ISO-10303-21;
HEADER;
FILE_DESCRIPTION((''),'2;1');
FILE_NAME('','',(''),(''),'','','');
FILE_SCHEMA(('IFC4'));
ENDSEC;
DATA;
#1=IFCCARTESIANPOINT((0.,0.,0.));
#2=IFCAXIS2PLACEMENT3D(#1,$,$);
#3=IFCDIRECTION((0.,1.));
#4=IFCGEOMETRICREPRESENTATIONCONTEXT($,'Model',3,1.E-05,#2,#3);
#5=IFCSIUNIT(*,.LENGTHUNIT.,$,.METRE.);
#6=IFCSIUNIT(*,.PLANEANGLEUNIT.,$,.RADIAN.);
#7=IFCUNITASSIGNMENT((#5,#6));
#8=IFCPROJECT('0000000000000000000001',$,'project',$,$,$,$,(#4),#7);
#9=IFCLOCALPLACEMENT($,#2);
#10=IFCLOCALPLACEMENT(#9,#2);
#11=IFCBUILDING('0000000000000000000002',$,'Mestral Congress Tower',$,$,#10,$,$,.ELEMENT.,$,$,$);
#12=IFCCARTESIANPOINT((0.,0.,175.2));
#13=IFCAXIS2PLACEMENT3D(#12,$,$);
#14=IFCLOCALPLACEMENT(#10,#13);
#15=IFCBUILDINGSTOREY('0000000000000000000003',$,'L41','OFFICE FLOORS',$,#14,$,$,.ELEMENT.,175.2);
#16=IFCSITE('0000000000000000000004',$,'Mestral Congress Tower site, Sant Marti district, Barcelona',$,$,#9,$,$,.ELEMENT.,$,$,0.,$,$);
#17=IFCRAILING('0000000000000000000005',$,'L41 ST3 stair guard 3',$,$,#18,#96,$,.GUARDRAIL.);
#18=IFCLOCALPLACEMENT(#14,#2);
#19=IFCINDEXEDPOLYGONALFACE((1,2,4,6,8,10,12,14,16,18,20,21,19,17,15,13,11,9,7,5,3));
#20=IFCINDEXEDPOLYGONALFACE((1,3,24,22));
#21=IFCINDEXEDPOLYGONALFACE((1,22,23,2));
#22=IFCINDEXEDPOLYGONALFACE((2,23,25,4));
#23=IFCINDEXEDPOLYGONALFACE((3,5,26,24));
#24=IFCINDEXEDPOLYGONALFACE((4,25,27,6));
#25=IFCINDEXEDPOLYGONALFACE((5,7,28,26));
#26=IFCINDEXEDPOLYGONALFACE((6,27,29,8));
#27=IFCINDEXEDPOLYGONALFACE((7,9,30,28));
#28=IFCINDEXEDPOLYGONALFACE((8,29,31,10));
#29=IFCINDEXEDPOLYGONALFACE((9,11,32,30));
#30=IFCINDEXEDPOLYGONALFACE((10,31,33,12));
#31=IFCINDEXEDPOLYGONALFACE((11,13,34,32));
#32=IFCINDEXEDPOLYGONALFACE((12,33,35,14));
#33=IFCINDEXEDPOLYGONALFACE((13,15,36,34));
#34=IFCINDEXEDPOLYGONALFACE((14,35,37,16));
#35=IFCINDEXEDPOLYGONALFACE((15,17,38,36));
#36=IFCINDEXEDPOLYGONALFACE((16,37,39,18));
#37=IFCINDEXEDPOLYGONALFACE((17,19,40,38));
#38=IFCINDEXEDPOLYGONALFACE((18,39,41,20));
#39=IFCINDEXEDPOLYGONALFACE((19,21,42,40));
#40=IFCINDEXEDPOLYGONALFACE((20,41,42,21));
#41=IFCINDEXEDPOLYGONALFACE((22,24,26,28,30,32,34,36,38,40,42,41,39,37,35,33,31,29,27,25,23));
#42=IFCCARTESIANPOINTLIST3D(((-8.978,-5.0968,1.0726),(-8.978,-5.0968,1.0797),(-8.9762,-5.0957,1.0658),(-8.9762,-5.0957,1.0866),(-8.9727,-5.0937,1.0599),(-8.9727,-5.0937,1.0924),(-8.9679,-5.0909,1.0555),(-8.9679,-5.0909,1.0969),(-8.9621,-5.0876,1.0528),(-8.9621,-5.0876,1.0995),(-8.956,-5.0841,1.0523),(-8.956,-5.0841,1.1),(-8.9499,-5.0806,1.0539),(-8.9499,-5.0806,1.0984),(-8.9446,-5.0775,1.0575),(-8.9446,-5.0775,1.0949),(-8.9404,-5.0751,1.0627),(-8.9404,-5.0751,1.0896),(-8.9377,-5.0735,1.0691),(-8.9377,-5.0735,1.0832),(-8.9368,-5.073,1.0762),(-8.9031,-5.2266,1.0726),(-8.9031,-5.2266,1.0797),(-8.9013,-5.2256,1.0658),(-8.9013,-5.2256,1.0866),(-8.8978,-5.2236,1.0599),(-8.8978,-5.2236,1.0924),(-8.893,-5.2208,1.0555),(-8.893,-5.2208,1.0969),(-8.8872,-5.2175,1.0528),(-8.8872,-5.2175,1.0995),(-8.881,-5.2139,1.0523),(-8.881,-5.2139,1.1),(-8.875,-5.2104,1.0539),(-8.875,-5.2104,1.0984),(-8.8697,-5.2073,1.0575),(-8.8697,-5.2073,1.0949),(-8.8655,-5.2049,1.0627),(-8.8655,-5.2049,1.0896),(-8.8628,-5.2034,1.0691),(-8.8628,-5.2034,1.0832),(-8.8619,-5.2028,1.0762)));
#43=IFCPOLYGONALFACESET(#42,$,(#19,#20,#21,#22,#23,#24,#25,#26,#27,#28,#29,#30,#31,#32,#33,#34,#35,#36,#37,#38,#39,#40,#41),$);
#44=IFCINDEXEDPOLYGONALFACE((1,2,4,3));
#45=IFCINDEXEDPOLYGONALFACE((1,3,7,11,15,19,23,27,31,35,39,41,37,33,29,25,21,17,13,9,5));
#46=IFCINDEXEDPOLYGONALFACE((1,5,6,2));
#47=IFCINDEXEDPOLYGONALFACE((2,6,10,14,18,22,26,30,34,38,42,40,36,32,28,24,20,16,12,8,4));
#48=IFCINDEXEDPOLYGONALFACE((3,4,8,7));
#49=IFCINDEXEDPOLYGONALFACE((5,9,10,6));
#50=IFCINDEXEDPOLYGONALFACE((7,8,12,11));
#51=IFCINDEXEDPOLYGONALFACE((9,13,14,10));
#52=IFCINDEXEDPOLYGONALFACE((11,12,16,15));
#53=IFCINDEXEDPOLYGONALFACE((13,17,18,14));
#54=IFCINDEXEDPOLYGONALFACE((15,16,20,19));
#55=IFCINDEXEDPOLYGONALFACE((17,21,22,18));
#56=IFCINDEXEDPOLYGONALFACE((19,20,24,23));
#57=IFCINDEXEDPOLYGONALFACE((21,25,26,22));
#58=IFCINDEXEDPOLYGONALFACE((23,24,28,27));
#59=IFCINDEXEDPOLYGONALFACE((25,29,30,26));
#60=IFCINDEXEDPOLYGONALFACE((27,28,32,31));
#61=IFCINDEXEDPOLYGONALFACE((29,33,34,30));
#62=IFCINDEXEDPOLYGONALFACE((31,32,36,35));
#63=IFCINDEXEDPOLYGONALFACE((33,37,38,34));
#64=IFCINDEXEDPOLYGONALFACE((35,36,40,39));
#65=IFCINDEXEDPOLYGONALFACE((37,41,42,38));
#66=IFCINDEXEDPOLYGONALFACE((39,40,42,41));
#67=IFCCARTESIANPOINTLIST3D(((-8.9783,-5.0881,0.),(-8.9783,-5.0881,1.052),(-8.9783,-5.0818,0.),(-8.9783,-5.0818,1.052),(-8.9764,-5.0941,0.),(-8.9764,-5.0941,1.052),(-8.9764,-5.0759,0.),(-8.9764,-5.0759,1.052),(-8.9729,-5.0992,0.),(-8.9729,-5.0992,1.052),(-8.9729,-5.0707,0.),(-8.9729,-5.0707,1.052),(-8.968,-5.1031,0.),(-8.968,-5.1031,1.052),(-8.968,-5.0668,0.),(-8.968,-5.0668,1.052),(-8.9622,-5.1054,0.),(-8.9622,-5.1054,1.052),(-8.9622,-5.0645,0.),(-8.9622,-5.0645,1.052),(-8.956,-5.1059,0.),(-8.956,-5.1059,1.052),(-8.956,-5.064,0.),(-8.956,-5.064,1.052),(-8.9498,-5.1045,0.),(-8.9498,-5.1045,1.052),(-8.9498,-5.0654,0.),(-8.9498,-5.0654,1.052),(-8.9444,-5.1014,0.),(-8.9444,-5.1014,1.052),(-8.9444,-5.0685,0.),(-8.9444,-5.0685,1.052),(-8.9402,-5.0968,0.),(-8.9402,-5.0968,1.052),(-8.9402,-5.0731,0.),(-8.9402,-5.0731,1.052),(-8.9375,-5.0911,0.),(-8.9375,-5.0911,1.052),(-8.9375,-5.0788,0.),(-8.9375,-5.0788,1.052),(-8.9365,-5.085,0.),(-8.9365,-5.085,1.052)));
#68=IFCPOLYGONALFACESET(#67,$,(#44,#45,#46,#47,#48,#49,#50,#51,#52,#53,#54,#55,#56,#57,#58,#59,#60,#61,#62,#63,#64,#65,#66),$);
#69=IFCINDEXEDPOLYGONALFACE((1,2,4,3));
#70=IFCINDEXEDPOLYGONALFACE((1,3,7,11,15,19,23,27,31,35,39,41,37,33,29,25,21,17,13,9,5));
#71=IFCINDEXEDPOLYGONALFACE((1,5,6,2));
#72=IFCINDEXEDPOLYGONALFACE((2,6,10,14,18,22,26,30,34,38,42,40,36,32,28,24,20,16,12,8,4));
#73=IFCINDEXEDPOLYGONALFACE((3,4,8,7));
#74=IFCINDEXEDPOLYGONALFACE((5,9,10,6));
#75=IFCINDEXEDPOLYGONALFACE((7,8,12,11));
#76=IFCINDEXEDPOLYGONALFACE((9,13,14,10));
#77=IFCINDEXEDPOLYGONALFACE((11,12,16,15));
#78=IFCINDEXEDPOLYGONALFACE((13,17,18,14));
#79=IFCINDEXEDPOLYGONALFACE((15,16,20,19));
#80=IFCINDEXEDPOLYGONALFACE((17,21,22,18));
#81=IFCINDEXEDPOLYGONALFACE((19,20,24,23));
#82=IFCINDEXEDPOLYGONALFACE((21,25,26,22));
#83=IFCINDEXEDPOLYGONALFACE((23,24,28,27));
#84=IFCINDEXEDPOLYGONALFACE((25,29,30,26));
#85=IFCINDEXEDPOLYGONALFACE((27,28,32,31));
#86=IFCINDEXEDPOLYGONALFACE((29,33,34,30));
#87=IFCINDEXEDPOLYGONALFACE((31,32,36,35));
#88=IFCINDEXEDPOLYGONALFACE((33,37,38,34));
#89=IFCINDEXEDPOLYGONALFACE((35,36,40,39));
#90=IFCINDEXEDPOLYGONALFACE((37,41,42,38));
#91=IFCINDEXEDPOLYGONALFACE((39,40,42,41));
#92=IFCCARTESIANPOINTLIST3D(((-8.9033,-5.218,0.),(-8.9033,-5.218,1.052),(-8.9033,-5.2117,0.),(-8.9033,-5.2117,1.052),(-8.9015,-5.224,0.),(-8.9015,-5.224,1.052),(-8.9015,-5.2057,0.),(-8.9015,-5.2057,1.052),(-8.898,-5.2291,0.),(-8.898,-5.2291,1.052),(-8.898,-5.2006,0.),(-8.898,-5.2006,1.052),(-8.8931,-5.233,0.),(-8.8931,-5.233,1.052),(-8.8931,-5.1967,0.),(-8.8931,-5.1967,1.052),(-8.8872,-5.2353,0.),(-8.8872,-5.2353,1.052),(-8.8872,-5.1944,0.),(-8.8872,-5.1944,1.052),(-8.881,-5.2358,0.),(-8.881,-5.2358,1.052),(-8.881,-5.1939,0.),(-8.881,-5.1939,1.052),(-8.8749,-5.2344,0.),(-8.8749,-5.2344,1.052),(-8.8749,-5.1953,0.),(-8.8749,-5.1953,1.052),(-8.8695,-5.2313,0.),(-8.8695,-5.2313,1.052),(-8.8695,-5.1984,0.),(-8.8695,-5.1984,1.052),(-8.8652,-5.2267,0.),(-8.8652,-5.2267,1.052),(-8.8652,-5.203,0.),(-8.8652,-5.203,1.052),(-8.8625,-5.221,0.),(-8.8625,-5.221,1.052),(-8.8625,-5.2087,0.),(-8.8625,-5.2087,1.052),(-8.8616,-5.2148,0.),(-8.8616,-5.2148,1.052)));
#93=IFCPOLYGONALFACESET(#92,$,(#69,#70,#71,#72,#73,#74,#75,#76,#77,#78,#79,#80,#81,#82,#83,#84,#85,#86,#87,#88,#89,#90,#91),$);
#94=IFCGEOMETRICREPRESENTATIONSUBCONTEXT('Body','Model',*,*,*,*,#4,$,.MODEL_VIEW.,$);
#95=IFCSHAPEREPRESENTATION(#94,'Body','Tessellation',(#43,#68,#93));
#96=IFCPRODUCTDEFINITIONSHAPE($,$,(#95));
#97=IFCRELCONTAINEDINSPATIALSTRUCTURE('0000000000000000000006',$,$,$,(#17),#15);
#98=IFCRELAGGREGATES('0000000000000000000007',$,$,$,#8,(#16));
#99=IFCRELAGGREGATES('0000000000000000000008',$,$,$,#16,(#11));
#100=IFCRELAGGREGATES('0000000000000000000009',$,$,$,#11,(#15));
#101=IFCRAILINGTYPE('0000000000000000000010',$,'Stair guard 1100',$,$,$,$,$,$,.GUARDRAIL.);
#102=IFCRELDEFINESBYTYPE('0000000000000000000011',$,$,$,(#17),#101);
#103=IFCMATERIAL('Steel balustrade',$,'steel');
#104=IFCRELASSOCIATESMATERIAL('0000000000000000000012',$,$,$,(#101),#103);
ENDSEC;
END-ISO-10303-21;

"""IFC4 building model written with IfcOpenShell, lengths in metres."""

from ifc_helpers import new_model, si_unit, direction, frame, origin, origin_2d, place, context, subcontext, project, spatial, circle, extrude, material, type_object, element, save


model = new_model("IFC4")

# Units and contexts
model_context = context("Model", 3, precision=1e-05, world=origin(), true_north=direction((0.0, 1.0)))
body_context = subcontext(model_context, "Body", "Model", "MODEL_VIEW")
ifc_project = project(units=[si_unit("LENGTHUNIT", "METRE"), si_unit("PLANEANGLEUNIT", "RADIAN")], contexts=[model_context])

# Site, building, storey
site_placement = place(None, origin())
site = spatial("IfcSite", under=ifc_project, at=site_placement, Name="Mestral Congress Tower site, Sant Marti district, Barcelona", CompositionType="ELEMENT", RefElevation=0.0)
building_placement = place(site_placement, origin())
building = spatial("IfcBuilding", under=site, at=building_placement, Name="Mestral Congress Tower", CompositionType="ELEMENT")
storey_placement = place(building_placement, frame((0.0, 0.0, 175.2)))
storey = spatial("IfcBuildingStorey", under=building, at=storey_placement, Name="L41", Description="OFFICE FLOORS", CompositionType="ELEMENT", Elevation=175.2)

# Railing
ifc_material_1 = material(Name="Steel balustrade", Category="steel")
railing_type_1 = type_object("IfcRailingType", Name="Stair guard 1100", PredefinedType="GUARDRAIL", material=ifc_material_1)
railing_1_placement = place(storey_placement, frame((-8.9575, -5.085, 0.0)))
element("IfcRailing", 1, at=railing_1_placement, inside=storey, type_object=railing_type_1, Name="L41 ST3 stair guard 3", PredefinedType="GUARDRAIL", context=body_context, shape_type="SweptSolid", body=[
    extrude(circle(Radius=0.0239, at=origin_2d()), frame((0.0, 0.0, 1.0762), z_axis=(0.499816, -0.866131, 0.0), x_axis=(0.866131, 0.499816, 0.0)), (0.0, 0.0, 1.0), 0.1499),
    extrude(circle(Radius=0.021, at=origin_2d()), origin(), (0.0, 0.0, 1.0), 1.052),
    extrude(circle(Radius=0.021, at=origin_2d()), frame((0.075, -0.1299, 0.0)), (0.0, 0.0, 1.0), 1.052),
])

save(model, "model.ifc")
